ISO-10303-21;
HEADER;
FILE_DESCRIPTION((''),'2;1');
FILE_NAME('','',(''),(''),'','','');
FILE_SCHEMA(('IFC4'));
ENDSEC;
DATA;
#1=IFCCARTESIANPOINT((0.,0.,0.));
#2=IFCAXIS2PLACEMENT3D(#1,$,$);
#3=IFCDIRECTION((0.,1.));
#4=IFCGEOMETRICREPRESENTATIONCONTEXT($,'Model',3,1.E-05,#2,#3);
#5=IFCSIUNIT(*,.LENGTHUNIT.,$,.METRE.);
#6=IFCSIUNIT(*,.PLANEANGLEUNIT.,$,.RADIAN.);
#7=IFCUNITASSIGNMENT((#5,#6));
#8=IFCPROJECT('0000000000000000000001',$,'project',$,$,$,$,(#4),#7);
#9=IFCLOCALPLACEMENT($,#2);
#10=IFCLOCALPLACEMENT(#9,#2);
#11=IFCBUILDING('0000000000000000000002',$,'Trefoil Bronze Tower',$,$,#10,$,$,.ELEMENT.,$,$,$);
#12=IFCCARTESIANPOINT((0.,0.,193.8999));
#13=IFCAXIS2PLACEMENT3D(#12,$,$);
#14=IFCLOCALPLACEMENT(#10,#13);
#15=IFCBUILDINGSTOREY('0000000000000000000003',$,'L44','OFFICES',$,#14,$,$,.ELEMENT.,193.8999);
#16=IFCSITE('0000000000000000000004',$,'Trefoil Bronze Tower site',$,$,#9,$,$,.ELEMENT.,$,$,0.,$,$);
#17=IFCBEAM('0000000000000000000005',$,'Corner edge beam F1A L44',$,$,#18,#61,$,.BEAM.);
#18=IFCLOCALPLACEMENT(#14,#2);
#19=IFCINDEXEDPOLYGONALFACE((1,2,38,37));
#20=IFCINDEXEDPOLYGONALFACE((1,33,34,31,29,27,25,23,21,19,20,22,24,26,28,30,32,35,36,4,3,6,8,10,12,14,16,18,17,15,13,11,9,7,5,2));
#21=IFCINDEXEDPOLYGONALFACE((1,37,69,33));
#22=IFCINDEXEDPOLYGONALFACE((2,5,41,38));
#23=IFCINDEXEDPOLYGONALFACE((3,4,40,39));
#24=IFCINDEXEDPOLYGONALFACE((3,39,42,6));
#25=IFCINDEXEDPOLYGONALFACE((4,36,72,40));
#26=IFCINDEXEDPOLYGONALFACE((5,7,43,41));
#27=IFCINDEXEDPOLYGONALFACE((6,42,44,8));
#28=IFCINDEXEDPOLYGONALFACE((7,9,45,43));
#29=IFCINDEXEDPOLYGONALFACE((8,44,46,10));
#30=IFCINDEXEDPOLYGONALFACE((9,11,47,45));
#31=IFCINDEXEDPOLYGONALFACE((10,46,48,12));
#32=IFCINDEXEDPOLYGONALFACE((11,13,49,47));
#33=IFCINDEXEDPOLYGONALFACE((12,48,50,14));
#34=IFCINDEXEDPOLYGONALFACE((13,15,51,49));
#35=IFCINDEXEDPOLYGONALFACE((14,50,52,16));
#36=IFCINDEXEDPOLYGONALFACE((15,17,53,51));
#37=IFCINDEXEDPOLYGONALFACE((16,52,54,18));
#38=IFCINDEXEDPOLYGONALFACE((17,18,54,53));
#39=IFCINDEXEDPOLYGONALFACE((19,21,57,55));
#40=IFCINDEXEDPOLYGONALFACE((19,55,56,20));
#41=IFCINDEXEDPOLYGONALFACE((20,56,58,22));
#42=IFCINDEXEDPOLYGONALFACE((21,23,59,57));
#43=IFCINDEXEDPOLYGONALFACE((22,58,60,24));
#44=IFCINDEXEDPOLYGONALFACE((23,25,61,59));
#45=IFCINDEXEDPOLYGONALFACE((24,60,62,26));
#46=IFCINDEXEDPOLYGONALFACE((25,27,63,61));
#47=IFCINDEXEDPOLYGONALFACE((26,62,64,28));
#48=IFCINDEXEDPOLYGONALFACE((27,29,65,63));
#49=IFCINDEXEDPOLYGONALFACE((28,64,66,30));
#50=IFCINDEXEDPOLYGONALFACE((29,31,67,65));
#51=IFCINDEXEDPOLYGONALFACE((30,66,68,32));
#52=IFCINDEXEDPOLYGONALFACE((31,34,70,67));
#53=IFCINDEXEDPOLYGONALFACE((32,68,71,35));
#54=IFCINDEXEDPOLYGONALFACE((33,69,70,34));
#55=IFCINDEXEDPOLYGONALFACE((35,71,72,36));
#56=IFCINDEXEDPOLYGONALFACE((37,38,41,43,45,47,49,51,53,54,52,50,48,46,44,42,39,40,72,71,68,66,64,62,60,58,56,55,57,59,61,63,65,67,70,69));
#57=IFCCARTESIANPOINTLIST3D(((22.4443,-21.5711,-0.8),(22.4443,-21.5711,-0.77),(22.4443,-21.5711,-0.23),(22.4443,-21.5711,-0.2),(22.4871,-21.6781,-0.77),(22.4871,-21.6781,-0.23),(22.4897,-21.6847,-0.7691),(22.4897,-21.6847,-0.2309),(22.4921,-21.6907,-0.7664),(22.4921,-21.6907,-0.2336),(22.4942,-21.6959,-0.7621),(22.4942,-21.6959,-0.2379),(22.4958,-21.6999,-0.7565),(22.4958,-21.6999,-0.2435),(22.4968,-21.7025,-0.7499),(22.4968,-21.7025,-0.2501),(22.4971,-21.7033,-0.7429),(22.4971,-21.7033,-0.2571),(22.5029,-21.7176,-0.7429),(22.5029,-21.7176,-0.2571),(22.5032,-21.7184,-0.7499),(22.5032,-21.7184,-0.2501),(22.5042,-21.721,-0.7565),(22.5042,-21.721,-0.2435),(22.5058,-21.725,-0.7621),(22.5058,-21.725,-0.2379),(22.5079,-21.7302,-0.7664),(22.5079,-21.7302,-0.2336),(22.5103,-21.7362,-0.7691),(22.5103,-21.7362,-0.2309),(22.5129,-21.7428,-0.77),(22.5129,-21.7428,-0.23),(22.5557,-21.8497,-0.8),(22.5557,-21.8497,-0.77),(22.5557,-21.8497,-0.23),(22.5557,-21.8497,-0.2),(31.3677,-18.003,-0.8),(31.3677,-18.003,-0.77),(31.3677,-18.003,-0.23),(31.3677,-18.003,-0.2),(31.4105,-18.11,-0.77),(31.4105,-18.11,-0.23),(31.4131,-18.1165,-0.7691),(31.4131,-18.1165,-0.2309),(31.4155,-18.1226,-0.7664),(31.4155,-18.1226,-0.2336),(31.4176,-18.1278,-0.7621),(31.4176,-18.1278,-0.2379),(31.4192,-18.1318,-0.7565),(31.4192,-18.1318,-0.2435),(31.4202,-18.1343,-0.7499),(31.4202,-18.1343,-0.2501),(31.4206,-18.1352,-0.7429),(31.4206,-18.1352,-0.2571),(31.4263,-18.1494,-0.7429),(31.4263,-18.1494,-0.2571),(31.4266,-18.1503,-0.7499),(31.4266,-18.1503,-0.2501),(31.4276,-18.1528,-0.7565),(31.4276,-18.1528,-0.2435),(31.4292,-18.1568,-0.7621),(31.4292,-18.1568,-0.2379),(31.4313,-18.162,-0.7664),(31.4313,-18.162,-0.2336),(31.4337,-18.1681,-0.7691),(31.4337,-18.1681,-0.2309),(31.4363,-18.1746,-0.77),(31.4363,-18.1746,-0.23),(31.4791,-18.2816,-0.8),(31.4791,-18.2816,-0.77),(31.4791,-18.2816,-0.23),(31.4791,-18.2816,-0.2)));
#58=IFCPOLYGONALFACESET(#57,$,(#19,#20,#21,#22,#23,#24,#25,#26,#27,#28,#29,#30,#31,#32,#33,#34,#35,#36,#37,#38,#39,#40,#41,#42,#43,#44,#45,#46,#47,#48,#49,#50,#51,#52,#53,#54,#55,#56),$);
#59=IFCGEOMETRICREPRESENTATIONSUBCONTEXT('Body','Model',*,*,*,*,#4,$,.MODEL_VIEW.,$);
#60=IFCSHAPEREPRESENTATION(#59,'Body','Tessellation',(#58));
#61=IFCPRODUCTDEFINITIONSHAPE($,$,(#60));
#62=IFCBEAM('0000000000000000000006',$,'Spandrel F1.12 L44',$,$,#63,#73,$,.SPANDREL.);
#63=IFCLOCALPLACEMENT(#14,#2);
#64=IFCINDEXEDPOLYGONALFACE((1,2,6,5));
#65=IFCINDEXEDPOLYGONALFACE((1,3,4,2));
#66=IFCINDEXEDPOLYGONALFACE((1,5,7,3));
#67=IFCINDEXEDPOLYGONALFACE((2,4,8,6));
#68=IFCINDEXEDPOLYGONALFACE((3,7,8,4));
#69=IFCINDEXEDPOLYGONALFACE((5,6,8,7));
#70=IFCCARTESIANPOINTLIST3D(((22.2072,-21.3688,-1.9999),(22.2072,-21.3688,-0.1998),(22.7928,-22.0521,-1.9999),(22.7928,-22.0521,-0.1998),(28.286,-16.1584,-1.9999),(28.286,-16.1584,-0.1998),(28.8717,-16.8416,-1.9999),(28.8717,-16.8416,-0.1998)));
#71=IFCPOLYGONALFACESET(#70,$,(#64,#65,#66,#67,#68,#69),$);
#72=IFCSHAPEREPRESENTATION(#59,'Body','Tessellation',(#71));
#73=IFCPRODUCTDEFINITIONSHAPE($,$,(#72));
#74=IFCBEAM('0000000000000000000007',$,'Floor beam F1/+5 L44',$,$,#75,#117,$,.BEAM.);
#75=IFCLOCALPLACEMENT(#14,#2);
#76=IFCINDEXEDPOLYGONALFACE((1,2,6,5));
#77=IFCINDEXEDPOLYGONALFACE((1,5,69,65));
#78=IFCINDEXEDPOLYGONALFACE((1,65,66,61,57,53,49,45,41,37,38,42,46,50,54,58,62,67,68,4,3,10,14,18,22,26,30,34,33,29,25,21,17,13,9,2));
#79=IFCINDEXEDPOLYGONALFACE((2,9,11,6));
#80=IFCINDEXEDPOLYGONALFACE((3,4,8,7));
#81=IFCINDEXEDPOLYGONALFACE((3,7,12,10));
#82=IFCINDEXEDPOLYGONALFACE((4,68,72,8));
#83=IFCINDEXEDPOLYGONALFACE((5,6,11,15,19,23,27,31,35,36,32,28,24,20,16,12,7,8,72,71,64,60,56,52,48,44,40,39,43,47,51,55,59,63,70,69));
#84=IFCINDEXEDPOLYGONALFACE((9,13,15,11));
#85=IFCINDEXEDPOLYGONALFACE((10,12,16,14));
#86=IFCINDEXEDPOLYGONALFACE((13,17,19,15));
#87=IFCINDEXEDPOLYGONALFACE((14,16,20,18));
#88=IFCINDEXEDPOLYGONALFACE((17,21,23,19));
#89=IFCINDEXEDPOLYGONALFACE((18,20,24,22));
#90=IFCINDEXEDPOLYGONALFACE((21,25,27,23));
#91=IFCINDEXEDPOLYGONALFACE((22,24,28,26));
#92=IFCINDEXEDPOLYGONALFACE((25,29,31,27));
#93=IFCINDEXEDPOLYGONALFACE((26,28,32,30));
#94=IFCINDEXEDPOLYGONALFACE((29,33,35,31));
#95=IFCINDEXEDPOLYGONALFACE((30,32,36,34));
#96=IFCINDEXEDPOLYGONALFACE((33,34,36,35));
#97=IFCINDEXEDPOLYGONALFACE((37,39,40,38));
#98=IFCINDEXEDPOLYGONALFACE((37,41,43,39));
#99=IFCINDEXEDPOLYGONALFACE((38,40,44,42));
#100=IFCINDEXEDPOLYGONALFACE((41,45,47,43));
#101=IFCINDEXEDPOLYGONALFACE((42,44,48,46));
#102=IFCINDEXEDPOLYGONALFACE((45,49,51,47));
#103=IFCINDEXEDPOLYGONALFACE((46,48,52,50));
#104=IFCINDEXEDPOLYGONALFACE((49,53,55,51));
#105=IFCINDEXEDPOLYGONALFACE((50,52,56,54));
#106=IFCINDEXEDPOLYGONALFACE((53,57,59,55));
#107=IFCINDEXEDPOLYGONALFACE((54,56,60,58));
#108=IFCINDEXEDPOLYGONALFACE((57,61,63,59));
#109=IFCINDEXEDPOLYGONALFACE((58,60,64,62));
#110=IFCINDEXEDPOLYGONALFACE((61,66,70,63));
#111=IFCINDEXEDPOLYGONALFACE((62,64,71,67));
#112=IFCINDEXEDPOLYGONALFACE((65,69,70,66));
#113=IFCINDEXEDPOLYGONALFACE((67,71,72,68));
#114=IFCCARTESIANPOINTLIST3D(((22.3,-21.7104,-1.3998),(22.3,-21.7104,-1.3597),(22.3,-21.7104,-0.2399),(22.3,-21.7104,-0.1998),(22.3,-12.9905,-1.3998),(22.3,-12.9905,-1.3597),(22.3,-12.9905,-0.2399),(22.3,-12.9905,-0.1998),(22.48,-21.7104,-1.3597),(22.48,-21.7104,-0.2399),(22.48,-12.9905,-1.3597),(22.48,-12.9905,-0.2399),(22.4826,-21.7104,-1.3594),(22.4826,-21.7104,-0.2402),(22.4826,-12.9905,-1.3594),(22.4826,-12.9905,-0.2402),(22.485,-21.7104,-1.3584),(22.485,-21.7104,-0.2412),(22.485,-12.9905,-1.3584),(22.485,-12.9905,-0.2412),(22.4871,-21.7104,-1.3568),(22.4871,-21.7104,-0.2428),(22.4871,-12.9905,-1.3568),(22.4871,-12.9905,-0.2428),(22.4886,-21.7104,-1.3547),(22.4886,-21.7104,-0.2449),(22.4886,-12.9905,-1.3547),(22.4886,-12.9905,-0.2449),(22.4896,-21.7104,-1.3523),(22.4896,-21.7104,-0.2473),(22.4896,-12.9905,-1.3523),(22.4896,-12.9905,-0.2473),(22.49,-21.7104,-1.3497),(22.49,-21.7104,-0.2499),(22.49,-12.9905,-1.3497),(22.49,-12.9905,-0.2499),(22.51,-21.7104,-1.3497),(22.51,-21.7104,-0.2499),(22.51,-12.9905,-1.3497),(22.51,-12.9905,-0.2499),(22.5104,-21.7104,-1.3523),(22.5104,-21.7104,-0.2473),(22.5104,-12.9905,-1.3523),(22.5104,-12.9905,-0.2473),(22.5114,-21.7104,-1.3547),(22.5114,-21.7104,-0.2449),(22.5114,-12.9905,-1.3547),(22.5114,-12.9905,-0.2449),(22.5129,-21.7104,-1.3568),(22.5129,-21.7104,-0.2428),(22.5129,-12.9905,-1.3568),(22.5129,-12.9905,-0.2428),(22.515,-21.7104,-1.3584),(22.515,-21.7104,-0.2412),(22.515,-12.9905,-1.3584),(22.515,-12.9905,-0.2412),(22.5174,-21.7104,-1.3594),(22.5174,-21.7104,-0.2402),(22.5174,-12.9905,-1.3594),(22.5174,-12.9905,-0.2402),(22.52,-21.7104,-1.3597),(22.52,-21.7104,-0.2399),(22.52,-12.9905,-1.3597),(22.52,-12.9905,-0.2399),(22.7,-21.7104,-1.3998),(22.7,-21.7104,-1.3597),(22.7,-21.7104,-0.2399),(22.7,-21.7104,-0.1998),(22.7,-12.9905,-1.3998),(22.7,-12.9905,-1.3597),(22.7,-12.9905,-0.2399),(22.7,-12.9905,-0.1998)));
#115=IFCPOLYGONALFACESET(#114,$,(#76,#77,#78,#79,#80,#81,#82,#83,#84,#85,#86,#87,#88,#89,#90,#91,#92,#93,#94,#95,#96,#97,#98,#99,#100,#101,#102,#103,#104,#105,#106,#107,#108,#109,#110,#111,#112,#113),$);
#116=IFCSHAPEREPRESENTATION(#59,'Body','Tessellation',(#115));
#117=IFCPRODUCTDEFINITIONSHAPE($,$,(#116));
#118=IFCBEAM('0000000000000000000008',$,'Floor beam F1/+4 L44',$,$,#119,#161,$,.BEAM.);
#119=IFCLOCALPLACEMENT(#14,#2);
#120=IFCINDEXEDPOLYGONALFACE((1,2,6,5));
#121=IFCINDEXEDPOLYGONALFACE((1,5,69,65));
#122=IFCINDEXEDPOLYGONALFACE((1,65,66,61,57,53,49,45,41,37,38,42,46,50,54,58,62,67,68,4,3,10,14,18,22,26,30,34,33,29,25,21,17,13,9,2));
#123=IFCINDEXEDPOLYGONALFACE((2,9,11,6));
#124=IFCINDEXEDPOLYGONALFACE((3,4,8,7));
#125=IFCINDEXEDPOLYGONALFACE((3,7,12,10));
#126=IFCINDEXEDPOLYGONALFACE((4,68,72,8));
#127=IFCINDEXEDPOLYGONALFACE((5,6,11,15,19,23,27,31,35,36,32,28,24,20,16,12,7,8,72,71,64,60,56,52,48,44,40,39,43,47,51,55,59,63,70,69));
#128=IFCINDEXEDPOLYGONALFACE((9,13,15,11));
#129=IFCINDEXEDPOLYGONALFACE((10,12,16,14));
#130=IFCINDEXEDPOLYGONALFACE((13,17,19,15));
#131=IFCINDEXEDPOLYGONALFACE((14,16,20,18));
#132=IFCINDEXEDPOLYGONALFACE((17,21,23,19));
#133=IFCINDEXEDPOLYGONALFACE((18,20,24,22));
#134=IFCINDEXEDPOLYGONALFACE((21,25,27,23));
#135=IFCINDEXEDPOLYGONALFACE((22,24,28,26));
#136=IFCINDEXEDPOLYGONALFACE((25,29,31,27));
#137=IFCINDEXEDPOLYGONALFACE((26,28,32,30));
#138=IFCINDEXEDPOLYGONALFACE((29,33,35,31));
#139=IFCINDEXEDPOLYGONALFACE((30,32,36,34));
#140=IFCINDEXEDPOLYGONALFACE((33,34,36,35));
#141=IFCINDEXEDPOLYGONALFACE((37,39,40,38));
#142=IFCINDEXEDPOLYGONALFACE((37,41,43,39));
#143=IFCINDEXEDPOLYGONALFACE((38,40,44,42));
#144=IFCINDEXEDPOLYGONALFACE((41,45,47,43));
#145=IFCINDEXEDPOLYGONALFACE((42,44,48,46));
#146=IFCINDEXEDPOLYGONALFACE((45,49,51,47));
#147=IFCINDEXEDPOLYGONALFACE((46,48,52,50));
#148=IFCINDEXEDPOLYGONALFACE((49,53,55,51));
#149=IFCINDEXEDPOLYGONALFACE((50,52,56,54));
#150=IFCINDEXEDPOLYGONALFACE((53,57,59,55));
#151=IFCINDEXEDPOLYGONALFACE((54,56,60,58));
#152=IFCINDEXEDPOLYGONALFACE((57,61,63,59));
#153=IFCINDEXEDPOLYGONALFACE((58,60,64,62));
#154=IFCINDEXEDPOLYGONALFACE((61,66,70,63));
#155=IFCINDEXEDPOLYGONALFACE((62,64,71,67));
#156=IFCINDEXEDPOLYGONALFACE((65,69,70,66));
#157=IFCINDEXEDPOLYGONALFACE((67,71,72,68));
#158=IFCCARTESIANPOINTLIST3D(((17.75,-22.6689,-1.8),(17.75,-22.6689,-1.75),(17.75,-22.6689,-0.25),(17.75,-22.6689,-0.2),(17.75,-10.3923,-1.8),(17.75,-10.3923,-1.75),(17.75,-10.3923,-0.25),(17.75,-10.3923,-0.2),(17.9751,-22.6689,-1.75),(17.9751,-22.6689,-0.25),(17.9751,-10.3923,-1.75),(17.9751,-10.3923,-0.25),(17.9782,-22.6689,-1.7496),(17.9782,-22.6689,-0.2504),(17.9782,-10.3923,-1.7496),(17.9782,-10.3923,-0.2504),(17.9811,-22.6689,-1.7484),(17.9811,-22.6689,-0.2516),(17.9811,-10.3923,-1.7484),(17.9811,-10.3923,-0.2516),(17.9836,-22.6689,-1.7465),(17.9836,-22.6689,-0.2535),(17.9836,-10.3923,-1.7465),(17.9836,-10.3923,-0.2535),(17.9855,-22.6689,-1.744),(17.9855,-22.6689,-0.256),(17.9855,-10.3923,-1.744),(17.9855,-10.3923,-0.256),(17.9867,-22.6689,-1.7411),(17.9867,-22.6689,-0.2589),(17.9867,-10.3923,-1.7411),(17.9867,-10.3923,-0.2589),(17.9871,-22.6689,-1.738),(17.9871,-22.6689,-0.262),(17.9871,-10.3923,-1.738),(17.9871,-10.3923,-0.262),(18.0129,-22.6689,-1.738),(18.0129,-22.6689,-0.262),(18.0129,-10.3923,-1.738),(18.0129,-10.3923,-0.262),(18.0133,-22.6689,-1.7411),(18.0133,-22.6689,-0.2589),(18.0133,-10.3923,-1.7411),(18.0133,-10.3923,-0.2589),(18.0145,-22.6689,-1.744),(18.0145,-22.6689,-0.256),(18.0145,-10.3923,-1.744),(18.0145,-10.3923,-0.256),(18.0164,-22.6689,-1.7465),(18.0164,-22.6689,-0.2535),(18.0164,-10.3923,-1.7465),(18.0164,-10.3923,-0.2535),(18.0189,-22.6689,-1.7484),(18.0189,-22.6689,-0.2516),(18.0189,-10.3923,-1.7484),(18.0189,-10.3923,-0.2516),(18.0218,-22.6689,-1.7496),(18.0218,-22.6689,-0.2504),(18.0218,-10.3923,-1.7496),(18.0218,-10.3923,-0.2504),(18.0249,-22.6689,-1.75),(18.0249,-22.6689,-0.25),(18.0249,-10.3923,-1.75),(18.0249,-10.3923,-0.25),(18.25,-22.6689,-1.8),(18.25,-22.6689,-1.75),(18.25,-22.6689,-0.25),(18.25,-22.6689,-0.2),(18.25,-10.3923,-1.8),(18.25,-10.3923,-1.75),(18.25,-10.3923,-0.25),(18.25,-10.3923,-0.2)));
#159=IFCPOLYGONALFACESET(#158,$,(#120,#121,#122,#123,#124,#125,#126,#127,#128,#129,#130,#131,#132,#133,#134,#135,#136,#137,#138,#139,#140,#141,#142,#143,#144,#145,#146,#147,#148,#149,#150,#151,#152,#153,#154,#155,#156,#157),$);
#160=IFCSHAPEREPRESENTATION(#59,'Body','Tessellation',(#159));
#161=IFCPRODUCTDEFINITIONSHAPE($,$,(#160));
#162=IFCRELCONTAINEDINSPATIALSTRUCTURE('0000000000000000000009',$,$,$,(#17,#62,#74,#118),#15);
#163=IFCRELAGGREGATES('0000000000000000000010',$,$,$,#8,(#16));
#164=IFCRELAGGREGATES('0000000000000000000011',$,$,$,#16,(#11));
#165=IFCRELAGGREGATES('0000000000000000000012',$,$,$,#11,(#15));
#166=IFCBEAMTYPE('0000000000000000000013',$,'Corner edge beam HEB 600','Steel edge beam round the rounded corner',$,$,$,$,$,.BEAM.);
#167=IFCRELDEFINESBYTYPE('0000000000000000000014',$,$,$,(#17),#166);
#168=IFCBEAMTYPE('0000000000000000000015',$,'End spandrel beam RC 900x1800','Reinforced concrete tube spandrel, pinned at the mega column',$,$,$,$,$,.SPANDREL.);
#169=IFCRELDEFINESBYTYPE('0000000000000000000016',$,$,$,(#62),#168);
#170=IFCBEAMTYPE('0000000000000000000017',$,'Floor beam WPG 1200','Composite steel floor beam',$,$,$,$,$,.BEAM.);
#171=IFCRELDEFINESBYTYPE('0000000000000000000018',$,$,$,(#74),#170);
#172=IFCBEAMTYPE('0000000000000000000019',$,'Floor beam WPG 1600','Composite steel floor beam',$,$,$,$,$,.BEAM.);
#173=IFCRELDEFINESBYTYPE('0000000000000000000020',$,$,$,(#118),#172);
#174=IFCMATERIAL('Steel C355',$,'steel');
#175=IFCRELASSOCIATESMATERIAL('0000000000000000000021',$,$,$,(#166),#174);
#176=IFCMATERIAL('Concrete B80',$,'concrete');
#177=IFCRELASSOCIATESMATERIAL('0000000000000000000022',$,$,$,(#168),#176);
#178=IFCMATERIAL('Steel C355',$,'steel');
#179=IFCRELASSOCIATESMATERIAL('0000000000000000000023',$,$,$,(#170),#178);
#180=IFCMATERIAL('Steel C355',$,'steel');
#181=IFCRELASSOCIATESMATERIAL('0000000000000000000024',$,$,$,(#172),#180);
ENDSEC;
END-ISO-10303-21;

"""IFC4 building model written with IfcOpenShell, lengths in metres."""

from ifc_helpers import new_model, si_unit, direction, frame, origin, origin_2d, place, context, subcontext, project, spatial, rectangle, i_section, extrude, material, material_profile, profile_set, type_object, element, save


model = new_model("IFC4")

# Units and contexts
model_context = context("Model", 3, precision=1e-05, world=origin(), true_north=direction((0.0, 1.0)))
body_context = subcontext(model_context, "Body", "Model", "MODEL_VIEW")
ifc_project = project(units=[si_unit("LENGTHUNIT", "METRE"), si_unit("PLANEANGLEUNIT", "RADIAN")], contexts=[model_context])

# Site, building, storey
site_placement = place(None, origin())
site = spatial("IfcSite", under=ifc_project, at=site_placement, Name="Trefoil Bronze Tower site", CompositionType="ELEMENT", RefElevation=0.0)
building_placement = place(site_placement, origin())
building = spatial("IfcBuilding", under=site, at=building_placement, Name="Trefoil Bronze Tower", CompositionType="ELEMENT")
storey_placement = place(building_placement, frame((0.0, 0.0, 193.8999)))
storey = spatial("IfcBuildingStorey", under=building, at=storey_placement, Name="L44", Description="OFFICES", CompositionType="ELEMENT", Elevation=193.8999)

# Beams
ifc_material_1 = material(Name="Steel C355", Category="steel")
ifc_material_profile_1 = material_profile(ifc_material_1, i_section(OverallWidth=0.3, OverallDepth=0.6001, WebThickness=0.0154, FlangeThickness=0.03, FilletRadius=0.0271, at=origin_2d()), Name="HEB 600")
ifc_profile_set_1 = profile_set([ifc_material_profile_1], Name="Steel C355")
beam_type_1 = type_object("IfcBeamType", Name="Corner edge beam HEB 600", Description="Steel edge beam round the rounded corner", PredefinedType="BEAM", material=ifc_profile_set_1)
beam_1_placement = place(storey_placement, frame((22.5, -21.7104, -0.5), z_axis=(0.92852, 0.371281, 0.0), x_axis=(-0.371281, 0.92852, 0.0)))
element("IfcBeam", 1, at=beam_1_placement, inside=storey, type_object=beam_type_1, Name="Corner edge beam F1A L44", PredefinedType="BEAM", context=body_context, shape_type="SweptSolid", body=[
    extrude(i_section(OverallWidth=0.3, OverallDepth=0.6001, WebThickness=0.0154, FlangeThickness=0.03, FilletRadius=0.0271, at=origin_2d()), origin(), (0.0, 0.0, 1.0), 9.6104),
])
ifc_material_2 = material(Name="Concrete B80", Category="concrete")
ifc_material_profile_2 = material_profile(ifc_material_2, rectangle(XDim=0.8999, YDim=1.8, at=origin_2d()), Name="RC 900x1800")
ifc_profile_set_2 = profile_set([ifc_material_profile_2], Name="Concrete B80")
beam_type_2 = type_object("IfcBeamType", Name="End spandrel beam RC 900x1800", Description="Reinforced concrete tube spandrel, pinned at the mega column", PredefinedType="SPANDREL", material=ifc_profile_set_2)
beam_2_placement = place(storey_placement, frame((22.5, -21.7104, -1.0999), z_axis=(0.759257, 0.650791, 0.0), x_axis=(-0.650791, 0.759257, 0.0)))
element("IfcBeam", 2, at=beam_2_placement, inside=storey, type_object=beam_type_2, Name="Spandrel F1.12 L44", PredefinedType="SPANDREL", context=body_context, shape_type="SweptSolid", body=[
    extrude(rectangle(XDim=0.8999, YDim=1.8, at=origin_2d()), origin(), (0.0, 0.0, 1.0), 8.0063),
])
ifc_material_3 = material(Name="Steel C355", Category="steel")
ifc_material_profile_3 = material_profile(ifc_material_3, i_section(OverallWidth=0.3999, OverallDepth=1.2, WebThickness=0.02, FlangeThickness=0.04, FilletRadius=0.01, at=origin_2d()), Name="WPG 1200")
ifc_profile_set_3 = profile_set([ifc_material_profile_3], Name="Steel C355")
beam_type_3 = type_object("IfcBeamType", Name="Floor beam WPG 1200", Description="Composite steel floor beam", PredefinedType="BEAM", material=ifc_profile_set_3)
beam_3_placement = place(storey_placement, frame((22.5, -21.7104, -0.7998), z_axis=(0.0, 1.0, 0.0), x_axis=(-1.0, 0.0, 0.0)))
element("IfcBeam", 3, at=beam_3_placement, inside=storey, type_object=beam_type_3, Name="Floor beam F1/+5 L44", PredefinedType="BEAM", context=body_context, shape_type="SweptSolid", body=[
    extrude(i_section(OverallWidth=0.3999, OverallDepth=1.2, WebThickness=0.02, FlangeThickness=0.04, FilletRadius=0.01, at=origin_2d()), origin(), (0.0, 0.0, 1.0), 8.72),
])
ifc_material_4 = material(Name="Steel C355", Category="steel")
ifc_material_profile_4 = material_profile(ifc_material_4, i_section(OverallWidth=0.5, OverallDepth=1.6001, WebThickness=0.0259, FlangeThickness=0.05, FilletRadius=0.012, at=origin_2d()), Name="WPG 1600")
ifc_profile_set_4 = profile_set([ifc_material_profile_4], Name="Steel C355")
beam_type_4 = type_object("IfcBeamType", Name="Floor beam WPG 1600", Description="Composite steel floor beam", PredefinedType="BEAM", material=ifc_profile_set_4)
beam_4_placement = place(storey_placement, frame((18.0, -22.6689, -1.0), z_axis=(0.0, 1.0, 0.0), x_axis=(-1.0, 0.0, 0.0)))
element("IfcBeam", 4, at=beam_4_placement, inside=storey, type_object=beam_type_4, Name="Floor beam F1/+4 L44", PredefinedType="BEAM", context=body_context, shape_type="SweptSolid", body=[
    extrude(i_section(OverallWidth=0.5, OverallDepth=1.6001, WebThickness=0.0259, FlangeThickness=0.05, FilletRadius=0.012, at=origin_2d()), origin(), (0.0, 0.0, 1.0), 12.2766),
])

save(model, "model.ifc")
